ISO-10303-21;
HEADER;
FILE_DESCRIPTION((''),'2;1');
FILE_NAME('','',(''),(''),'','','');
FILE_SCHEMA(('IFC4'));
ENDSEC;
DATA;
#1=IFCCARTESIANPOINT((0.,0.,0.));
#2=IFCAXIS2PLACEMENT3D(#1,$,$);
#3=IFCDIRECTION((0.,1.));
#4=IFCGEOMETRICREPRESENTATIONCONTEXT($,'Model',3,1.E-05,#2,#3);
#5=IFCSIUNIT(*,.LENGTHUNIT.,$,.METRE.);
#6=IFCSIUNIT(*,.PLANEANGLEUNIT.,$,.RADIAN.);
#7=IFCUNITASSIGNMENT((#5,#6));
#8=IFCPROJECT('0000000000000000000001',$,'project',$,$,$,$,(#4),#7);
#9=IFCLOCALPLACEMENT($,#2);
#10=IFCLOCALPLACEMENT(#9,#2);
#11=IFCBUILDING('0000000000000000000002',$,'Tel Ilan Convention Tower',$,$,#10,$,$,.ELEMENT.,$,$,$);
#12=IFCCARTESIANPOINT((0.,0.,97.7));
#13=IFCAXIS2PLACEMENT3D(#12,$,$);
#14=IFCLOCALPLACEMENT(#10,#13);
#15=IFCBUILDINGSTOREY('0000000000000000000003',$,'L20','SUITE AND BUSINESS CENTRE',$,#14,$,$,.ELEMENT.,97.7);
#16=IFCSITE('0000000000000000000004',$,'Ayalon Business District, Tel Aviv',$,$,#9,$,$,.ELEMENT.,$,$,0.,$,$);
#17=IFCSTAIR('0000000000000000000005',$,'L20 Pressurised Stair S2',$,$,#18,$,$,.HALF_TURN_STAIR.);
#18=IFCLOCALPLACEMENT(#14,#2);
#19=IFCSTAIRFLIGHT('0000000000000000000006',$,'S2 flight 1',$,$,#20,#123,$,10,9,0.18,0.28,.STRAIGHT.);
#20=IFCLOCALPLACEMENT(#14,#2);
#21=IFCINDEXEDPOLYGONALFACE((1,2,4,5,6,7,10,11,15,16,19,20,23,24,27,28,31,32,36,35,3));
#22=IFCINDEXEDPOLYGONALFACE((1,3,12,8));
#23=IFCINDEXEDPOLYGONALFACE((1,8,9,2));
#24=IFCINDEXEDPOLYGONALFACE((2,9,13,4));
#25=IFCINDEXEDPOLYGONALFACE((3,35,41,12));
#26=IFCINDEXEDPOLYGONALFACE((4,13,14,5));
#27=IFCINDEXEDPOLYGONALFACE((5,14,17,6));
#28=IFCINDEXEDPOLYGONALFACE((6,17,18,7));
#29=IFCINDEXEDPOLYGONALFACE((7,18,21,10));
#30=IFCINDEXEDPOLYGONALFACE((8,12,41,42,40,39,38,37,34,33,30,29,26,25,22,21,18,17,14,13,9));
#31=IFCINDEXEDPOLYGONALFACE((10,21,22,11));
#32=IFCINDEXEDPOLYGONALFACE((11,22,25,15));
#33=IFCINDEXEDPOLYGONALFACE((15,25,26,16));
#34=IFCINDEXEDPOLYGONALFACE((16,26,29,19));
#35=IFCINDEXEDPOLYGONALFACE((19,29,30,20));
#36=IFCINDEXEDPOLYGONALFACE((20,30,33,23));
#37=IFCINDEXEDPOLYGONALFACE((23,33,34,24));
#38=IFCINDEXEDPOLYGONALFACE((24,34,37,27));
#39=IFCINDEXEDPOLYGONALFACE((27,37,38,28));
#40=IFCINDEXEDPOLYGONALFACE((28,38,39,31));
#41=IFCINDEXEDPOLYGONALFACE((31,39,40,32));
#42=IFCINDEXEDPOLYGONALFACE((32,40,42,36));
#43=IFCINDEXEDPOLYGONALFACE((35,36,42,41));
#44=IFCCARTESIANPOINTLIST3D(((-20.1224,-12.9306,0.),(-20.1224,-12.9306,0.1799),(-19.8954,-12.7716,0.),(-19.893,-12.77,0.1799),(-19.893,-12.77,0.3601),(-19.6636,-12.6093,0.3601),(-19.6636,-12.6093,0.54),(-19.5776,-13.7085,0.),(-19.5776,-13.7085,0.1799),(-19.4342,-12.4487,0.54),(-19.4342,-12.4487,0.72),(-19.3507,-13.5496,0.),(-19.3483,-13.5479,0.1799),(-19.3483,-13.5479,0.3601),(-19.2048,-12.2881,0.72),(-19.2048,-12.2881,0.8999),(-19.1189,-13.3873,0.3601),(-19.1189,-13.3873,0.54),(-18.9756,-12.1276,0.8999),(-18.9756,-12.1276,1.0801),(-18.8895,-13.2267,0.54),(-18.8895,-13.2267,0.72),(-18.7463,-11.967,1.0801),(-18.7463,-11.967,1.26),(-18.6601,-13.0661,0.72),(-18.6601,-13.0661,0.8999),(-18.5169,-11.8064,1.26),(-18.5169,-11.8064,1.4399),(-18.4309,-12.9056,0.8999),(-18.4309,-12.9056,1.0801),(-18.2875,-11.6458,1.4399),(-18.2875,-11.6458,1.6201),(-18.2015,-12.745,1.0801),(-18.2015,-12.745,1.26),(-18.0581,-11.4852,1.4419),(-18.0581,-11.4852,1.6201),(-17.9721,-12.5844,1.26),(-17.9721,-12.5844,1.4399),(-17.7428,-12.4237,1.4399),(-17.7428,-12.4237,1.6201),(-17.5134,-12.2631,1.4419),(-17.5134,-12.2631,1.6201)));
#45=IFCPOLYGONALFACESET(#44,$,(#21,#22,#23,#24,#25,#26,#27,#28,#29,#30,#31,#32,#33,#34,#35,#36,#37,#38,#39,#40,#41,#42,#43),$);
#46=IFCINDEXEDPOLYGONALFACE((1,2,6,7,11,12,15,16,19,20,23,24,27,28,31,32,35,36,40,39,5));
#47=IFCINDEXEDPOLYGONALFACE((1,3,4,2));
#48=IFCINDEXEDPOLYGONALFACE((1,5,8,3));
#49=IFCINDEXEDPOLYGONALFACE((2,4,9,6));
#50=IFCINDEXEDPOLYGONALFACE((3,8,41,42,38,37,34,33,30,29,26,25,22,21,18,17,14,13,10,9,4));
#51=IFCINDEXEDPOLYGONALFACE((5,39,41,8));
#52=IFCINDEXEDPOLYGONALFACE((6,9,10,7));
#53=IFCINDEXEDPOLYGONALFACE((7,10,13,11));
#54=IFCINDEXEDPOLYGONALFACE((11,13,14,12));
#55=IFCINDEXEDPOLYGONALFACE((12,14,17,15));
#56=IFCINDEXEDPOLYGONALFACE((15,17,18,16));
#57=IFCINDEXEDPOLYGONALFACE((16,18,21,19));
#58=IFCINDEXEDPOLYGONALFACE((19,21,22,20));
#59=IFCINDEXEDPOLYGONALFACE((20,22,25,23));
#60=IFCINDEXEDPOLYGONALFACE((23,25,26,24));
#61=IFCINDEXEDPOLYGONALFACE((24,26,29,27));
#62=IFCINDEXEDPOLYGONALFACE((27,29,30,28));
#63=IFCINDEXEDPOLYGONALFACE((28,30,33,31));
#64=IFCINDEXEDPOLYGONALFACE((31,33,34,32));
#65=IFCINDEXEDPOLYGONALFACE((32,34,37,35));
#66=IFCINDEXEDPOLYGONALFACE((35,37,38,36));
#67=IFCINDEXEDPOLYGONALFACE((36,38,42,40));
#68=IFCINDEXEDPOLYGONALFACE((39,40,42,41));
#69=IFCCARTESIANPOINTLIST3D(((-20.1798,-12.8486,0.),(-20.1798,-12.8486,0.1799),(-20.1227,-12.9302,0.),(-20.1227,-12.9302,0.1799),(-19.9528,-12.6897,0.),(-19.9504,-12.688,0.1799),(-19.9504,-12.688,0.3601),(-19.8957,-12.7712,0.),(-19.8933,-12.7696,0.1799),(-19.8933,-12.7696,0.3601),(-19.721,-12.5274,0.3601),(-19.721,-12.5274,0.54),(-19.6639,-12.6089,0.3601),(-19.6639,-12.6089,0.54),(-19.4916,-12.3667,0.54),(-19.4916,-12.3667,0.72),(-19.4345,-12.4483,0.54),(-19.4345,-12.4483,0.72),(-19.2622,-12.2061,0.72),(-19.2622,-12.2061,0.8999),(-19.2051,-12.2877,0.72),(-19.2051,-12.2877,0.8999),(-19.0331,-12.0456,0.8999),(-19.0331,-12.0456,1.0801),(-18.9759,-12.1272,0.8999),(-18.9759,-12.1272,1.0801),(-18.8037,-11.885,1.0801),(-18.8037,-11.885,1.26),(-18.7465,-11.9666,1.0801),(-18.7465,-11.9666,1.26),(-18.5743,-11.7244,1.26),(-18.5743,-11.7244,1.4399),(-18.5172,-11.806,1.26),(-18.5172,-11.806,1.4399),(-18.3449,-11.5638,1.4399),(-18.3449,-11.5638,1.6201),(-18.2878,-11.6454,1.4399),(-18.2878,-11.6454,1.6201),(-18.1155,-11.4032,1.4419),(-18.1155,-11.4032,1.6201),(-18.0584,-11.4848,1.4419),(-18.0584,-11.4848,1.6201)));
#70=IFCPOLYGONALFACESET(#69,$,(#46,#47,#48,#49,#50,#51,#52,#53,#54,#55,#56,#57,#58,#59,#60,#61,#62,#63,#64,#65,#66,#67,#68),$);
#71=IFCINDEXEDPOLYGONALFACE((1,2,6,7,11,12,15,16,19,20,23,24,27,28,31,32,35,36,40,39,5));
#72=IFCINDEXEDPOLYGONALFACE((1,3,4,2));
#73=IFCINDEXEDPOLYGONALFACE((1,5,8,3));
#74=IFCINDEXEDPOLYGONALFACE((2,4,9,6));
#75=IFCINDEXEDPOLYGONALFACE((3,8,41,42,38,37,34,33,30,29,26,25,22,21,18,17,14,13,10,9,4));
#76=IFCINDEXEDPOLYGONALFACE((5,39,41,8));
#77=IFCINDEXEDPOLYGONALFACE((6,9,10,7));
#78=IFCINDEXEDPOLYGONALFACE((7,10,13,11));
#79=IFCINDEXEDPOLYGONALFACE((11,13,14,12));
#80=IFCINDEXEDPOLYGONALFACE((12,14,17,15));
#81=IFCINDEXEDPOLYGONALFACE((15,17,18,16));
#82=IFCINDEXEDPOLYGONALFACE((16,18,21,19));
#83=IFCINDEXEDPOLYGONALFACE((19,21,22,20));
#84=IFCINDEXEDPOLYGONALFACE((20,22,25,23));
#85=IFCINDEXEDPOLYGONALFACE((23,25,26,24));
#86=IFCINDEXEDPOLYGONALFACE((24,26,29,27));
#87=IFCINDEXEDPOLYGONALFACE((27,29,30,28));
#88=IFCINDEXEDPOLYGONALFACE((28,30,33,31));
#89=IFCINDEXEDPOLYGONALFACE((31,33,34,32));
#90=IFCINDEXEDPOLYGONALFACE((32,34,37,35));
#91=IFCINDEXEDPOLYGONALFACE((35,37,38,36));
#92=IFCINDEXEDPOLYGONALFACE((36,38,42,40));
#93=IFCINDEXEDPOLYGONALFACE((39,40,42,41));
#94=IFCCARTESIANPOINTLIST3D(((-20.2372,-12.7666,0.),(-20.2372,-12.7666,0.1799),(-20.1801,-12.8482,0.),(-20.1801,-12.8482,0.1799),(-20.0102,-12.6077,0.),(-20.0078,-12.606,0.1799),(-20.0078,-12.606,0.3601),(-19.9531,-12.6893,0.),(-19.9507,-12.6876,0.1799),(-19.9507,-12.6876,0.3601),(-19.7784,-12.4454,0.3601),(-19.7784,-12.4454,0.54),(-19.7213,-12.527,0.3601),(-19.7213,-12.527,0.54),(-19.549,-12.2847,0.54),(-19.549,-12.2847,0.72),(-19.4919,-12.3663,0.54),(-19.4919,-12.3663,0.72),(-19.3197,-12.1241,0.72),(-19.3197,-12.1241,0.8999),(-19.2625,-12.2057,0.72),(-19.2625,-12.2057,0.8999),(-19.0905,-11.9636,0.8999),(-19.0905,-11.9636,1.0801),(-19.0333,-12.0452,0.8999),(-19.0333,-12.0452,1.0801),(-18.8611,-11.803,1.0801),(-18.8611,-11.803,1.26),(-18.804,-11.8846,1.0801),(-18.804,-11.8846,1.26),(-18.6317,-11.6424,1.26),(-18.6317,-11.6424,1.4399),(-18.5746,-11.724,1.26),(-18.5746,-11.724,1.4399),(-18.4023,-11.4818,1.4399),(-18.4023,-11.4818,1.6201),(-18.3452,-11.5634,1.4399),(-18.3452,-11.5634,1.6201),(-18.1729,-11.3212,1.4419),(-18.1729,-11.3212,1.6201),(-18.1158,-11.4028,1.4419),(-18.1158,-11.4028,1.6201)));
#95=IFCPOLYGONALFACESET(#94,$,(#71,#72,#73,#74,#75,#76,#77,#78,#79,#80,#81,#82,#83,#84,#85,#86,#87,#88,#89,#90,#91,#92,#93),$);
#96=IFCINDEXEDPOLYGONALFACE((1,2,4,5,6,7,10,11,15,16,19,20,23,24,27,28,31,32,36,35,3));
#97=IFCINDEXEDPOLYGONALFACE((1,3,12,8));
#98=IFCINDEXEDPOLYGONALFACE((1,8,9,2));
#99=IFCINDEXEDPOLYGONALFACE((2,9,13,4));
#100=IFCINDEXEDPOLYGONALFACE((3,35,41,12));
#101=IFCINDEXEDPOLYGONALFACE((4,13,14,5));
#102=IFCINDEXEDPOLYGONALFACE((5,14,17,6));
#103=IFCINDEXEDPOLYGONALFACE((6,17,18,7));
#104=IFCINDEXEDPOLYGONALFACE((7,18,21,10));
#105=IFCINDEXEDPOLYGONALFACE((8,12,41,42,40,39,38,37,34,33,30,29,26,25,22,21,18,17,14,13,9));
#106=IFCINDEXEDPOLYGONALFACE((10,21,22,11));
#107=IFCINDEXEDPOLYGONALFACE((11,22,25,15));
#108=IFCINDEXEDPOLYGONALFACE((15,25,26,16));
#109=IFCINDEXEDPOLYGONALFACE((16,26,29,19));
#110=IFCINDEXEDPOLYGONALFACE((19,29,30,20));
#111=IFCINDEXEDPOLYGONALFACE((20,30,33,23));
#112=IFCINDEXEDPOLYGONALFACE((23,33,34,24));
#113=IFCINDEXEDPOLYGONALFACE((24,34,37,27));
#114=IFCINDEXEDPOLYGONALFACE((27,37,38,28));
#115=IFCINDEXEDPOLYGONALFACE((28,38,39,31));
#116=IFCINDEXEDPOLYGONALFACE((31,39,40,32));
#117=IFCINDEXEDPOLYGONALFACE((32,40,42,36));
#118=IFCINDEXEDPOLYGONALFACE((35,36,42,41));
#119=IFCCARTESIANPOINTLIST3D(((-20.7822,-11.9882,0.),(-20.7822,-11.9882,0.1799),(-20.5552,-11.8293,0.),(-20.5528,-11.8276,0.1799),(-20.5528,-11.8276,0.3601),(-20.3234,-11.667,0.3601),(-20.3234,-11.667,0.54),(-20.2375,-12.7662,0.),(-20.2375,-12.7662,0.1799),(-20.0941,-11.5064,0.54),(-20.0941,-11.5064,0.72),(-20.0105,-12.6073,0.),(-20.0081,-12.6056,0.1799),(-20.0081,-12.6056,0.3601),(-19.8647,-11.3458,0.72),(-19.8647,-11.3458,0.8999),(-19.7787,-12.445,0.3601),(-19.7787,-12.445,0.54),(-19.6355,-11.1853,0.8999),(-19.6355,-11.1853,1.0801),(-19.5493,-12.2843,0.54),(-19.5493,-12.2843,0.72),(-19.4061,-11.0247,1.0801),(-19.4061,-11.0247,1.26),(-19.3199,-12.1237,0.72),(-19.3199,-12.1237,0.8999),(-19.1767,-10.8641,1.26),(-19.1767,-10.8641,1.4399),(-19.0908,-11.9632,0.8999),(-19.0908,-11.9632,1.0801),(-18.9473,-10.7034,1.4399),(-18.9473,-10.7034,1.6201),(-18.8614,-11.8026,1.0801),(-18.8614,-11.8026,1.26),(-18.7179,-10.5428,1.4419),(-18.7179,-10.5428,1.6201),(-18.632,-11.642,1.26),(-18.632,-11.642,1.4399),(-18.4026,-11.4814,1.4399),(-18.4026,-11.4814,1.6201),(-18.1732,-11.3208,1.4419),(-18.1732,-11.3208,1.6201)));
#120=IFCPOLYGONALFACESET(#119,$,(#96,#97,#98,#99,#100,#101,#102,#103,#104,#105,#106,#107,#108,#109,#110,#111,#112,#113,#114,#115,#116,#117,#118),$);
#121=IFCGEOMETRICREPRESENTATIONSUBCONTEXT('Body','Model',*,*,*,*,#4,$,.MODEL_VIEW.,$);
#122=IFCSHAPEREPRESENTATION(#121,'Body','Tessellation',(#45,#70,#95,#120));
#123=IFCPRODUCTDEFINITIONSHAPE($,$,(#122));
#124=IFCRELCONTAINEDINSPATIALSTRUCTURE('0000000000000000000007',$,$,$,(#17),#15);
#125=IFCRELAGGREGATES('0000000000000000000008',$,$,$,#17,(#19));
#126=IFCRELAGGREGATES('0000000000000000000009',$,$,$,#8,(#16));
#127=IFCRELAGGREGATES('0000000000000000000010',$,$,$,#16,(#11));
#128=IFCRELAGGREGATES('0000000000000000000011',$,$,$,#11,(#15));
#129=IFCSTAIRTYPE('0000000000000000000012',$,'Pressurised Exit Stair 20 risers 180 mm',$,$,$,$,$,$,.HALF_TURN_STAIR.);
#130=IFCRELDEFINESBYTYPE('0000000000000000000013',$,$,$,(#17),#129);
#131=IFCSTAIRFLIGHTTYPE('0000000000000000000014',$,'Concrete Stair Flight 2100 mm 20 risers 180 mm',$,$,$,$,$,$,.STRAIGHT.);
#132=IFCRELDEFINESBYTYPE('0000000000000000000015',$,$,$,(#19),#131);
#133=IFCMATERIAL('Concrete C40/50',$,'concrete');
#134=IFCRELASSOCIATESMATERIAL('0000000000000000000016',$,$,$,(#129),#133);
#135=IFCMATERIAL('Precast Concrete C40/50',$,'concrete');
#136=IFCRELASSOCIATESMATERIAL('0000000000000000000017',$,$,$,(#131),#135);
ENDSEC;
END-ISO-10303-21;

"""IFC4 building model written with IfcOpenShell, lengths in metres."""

from ifc_helpers import new_model, si_unit, direction, frame, origin, place, context, subcontext, project, spatial, polyline, outline, extrude, material, type_object, element, aggregate, save


model = new_model("IFC4")

# Units and contexts
model_context = context("Model", 3, precision=1e-05, world=origin(), true_north=direction((0.0, 1.0)))
body_context = subcontext(model_context, "Body", "Model", "MODEL_VIEW")
ifc_project = project(units=[si_unit("LENGTHUNIT", "METRE"), si_unit("PLANEANGLEUNIT", "RADIAN")], contexts=[model_context])

# Site, building, storey
site_placement = place(None, origin())
site = spatial("IfcSite", under=ifc_project, at=site_placement, Name="Ayalon Business District, Tel Aviv", CompositionType="ELEMENT", RefElevation=0.0)
building_placement = place(site_placement, origin())
building = spatial("IfcBuilding", under=site, at=building_placement, Name="Tel Ilan Convention Tower", CompositionType="ELEMENT")
storey_placement = place(building_placement, frame((0.0, 0.0, 97.7)))
storey = spatial("IfcBuildingStorey", under=building, at=storey_placement, Name="L20", Description="SUITE AND BUSINESS CENTRE", CompositionType="ELEMENT", Elevation=97.7)

# Stair, stair flight
ifc_material_1 = material(Name="Concrete C40/50", Category="concrete")
stair_type = type_object("IfcStairType", Name="Pressurised Exit Stair 20 risers 180 mm", PredefinedType="HALF_TURN_STAIR", material=ifc_material_1)
ifc_material_2 = material(Name="Precast Concrete C40/50", Category="concrete")
stair_flight_type = type_object("IfcStairFlightType", Name="Concrete Stair Flight 2100 mm 20 risers 180 mm", PredefinedType="STRAIGHT", material=ifc_material_2)
stair_1_placement = place(storey_placement, origin())
stair_1 = element("IfcStair", 1, at=stair_1_placement, inside=storey, type_object=stair_type, Name="L20 Pressurised Stair S2", PredefinedType="HALF_TURN_STAIR")
stair_flight_1_placement = place(storey_placement, frame((-20.1799, -12.8484, 0.0), z_axis=(0.0, 0.0, 1.0), x_axis=(0.819152, 0.573576, 0.0)))
stair_flight_1 = element("IfcStairFlight", 2, at=stair_flight_1_placement, type_object=stair_flight_type, Name="S2 flight 1", NumberOfRisers=10, NumberOfTreads=9, PredefinedType="STRAIGHT", RiserHeight=0.18, TreadLength=0.28, context=body_context, shape_type="SweptSolid", body=[
    extrude(outline(polyline([(0.0, 0.0), (0.0, 0.1799), (0.28, 0.1799), (0.28, 0.3601), (0.5601, 0.3601), (0.5601, 0.54), (0.8401, 0.54), (0.8401, 0.72), (1.1201, 0.72), (1.1201, 0.8999), (1.3999, 0.8999), (1.3999, 1.0801), (1.6799, 1.0801), (1.6799, 1.26), (1.96, 1.26), (1.96, 1.4399), (2.24, 1.4399), (2.24, 1.6201), (2.52, 1.6201), (2.52, 1.8), (2.52, 1.4419), (0.2771, 0.0), (0.0, 0.0)])), frame((0.0, -0.1003, 0.0), z_axis=(0.0, -1.0, 0.0), x_axis=(1.0, 0.0, 0.0)), (0.0, 0.0, 1.0), 0.9497),
    extrude(outline(polyline([(0.0, 0.0), (0.0, 0.1799), (0.28, 0.1799), (0.28, 0.3601), (0.5601, 0.3601), (0.5601, 0.54), (0.8401, 0.54), (0.8401, 0.72), (1.1201, 0.72), (1.1201, 0.8999), (1.3999, 0.8999), (1.3999, 1.0801), (1.6799, 1.0801), (1.6799, 1.26), (1.96, 1.26), (1.96, 1.4399), (2.24, 1.4399), (2.24, 1.6201), (2.52, 1.6201), (2.52, 1.8), (2.52, 1.4419), (0.2771, 0.0), (0.0, 0.0)])), frame((0.0, -0.0002, 0.0), z_axis=(0.0, -1.0, 0.0), x_axis=(1.0, 0.0, 0.0)), (0.0, 0.0, 1.0), 0.0996),
    extrude(outline(polyline([(0.0, 0.0), (0.0, 0.1799), (0.28, 0.1799), (0.28, 0.3601), (0.5601, 0.3601), (0.5601, 0.54), (0.8401, 0.54), (0.8401, 0.72), (1.1201, 0.72), (1.1201, 0.8999), (1.3999, 0.8999), (1.3999, 1.0801), (1.6799, 1.0801), (1.6799, 1.26), (1.96, 1.26), (1.96, 1.4399), (2.24, 1.4399), (2.24, 1.6201), (2.52, 1.6201), (2.52, 1.8), (2.52, 1.4419), (0.2771, 0.0), (0.0, 0.0)])), frame((0.0, 0.0999, 0.0), z_axis=(0.0, -1.0, 0.0), x_axis=(1.0, 0.0, 0.0)), (0.0, 0.0, 1.0), 0.0996),
    extrude(outline(polyline([(0.0, 0.0), (0.0, 0.1799), (0.28, 0.1799), (0.28, 0.3601), (0.5601, 0.3601), (0.5601, 0.54), (0.8401, 0.54), (0.8401, 0.72), (1.1201, 0.72), (1.1201, 0.8999), (1.3999, 0.8999), (1.3999, 1.0801), (1.6799, 1.0801), (1.6799, 1.26), (1.96, 1.26), (1.96, 1.4399), (2.24, 1.4399), (2.24, 1.6201), (2.52, 1.6201), (2.52, 1.8), (2.52, 1.4419), (0.2771, 0.0), (0.0, 0.0)])), frame((0.0, 1.05, 0.0), z_axis=(0.0, -1.0, 0.0), x_axis=(1.0, 0.0, 0.0)), (0.0, 0.0, 1.0), 0.9497),
])
aggregate(stair_1, [stair_flight_1])

save(model, "model.ifc")
